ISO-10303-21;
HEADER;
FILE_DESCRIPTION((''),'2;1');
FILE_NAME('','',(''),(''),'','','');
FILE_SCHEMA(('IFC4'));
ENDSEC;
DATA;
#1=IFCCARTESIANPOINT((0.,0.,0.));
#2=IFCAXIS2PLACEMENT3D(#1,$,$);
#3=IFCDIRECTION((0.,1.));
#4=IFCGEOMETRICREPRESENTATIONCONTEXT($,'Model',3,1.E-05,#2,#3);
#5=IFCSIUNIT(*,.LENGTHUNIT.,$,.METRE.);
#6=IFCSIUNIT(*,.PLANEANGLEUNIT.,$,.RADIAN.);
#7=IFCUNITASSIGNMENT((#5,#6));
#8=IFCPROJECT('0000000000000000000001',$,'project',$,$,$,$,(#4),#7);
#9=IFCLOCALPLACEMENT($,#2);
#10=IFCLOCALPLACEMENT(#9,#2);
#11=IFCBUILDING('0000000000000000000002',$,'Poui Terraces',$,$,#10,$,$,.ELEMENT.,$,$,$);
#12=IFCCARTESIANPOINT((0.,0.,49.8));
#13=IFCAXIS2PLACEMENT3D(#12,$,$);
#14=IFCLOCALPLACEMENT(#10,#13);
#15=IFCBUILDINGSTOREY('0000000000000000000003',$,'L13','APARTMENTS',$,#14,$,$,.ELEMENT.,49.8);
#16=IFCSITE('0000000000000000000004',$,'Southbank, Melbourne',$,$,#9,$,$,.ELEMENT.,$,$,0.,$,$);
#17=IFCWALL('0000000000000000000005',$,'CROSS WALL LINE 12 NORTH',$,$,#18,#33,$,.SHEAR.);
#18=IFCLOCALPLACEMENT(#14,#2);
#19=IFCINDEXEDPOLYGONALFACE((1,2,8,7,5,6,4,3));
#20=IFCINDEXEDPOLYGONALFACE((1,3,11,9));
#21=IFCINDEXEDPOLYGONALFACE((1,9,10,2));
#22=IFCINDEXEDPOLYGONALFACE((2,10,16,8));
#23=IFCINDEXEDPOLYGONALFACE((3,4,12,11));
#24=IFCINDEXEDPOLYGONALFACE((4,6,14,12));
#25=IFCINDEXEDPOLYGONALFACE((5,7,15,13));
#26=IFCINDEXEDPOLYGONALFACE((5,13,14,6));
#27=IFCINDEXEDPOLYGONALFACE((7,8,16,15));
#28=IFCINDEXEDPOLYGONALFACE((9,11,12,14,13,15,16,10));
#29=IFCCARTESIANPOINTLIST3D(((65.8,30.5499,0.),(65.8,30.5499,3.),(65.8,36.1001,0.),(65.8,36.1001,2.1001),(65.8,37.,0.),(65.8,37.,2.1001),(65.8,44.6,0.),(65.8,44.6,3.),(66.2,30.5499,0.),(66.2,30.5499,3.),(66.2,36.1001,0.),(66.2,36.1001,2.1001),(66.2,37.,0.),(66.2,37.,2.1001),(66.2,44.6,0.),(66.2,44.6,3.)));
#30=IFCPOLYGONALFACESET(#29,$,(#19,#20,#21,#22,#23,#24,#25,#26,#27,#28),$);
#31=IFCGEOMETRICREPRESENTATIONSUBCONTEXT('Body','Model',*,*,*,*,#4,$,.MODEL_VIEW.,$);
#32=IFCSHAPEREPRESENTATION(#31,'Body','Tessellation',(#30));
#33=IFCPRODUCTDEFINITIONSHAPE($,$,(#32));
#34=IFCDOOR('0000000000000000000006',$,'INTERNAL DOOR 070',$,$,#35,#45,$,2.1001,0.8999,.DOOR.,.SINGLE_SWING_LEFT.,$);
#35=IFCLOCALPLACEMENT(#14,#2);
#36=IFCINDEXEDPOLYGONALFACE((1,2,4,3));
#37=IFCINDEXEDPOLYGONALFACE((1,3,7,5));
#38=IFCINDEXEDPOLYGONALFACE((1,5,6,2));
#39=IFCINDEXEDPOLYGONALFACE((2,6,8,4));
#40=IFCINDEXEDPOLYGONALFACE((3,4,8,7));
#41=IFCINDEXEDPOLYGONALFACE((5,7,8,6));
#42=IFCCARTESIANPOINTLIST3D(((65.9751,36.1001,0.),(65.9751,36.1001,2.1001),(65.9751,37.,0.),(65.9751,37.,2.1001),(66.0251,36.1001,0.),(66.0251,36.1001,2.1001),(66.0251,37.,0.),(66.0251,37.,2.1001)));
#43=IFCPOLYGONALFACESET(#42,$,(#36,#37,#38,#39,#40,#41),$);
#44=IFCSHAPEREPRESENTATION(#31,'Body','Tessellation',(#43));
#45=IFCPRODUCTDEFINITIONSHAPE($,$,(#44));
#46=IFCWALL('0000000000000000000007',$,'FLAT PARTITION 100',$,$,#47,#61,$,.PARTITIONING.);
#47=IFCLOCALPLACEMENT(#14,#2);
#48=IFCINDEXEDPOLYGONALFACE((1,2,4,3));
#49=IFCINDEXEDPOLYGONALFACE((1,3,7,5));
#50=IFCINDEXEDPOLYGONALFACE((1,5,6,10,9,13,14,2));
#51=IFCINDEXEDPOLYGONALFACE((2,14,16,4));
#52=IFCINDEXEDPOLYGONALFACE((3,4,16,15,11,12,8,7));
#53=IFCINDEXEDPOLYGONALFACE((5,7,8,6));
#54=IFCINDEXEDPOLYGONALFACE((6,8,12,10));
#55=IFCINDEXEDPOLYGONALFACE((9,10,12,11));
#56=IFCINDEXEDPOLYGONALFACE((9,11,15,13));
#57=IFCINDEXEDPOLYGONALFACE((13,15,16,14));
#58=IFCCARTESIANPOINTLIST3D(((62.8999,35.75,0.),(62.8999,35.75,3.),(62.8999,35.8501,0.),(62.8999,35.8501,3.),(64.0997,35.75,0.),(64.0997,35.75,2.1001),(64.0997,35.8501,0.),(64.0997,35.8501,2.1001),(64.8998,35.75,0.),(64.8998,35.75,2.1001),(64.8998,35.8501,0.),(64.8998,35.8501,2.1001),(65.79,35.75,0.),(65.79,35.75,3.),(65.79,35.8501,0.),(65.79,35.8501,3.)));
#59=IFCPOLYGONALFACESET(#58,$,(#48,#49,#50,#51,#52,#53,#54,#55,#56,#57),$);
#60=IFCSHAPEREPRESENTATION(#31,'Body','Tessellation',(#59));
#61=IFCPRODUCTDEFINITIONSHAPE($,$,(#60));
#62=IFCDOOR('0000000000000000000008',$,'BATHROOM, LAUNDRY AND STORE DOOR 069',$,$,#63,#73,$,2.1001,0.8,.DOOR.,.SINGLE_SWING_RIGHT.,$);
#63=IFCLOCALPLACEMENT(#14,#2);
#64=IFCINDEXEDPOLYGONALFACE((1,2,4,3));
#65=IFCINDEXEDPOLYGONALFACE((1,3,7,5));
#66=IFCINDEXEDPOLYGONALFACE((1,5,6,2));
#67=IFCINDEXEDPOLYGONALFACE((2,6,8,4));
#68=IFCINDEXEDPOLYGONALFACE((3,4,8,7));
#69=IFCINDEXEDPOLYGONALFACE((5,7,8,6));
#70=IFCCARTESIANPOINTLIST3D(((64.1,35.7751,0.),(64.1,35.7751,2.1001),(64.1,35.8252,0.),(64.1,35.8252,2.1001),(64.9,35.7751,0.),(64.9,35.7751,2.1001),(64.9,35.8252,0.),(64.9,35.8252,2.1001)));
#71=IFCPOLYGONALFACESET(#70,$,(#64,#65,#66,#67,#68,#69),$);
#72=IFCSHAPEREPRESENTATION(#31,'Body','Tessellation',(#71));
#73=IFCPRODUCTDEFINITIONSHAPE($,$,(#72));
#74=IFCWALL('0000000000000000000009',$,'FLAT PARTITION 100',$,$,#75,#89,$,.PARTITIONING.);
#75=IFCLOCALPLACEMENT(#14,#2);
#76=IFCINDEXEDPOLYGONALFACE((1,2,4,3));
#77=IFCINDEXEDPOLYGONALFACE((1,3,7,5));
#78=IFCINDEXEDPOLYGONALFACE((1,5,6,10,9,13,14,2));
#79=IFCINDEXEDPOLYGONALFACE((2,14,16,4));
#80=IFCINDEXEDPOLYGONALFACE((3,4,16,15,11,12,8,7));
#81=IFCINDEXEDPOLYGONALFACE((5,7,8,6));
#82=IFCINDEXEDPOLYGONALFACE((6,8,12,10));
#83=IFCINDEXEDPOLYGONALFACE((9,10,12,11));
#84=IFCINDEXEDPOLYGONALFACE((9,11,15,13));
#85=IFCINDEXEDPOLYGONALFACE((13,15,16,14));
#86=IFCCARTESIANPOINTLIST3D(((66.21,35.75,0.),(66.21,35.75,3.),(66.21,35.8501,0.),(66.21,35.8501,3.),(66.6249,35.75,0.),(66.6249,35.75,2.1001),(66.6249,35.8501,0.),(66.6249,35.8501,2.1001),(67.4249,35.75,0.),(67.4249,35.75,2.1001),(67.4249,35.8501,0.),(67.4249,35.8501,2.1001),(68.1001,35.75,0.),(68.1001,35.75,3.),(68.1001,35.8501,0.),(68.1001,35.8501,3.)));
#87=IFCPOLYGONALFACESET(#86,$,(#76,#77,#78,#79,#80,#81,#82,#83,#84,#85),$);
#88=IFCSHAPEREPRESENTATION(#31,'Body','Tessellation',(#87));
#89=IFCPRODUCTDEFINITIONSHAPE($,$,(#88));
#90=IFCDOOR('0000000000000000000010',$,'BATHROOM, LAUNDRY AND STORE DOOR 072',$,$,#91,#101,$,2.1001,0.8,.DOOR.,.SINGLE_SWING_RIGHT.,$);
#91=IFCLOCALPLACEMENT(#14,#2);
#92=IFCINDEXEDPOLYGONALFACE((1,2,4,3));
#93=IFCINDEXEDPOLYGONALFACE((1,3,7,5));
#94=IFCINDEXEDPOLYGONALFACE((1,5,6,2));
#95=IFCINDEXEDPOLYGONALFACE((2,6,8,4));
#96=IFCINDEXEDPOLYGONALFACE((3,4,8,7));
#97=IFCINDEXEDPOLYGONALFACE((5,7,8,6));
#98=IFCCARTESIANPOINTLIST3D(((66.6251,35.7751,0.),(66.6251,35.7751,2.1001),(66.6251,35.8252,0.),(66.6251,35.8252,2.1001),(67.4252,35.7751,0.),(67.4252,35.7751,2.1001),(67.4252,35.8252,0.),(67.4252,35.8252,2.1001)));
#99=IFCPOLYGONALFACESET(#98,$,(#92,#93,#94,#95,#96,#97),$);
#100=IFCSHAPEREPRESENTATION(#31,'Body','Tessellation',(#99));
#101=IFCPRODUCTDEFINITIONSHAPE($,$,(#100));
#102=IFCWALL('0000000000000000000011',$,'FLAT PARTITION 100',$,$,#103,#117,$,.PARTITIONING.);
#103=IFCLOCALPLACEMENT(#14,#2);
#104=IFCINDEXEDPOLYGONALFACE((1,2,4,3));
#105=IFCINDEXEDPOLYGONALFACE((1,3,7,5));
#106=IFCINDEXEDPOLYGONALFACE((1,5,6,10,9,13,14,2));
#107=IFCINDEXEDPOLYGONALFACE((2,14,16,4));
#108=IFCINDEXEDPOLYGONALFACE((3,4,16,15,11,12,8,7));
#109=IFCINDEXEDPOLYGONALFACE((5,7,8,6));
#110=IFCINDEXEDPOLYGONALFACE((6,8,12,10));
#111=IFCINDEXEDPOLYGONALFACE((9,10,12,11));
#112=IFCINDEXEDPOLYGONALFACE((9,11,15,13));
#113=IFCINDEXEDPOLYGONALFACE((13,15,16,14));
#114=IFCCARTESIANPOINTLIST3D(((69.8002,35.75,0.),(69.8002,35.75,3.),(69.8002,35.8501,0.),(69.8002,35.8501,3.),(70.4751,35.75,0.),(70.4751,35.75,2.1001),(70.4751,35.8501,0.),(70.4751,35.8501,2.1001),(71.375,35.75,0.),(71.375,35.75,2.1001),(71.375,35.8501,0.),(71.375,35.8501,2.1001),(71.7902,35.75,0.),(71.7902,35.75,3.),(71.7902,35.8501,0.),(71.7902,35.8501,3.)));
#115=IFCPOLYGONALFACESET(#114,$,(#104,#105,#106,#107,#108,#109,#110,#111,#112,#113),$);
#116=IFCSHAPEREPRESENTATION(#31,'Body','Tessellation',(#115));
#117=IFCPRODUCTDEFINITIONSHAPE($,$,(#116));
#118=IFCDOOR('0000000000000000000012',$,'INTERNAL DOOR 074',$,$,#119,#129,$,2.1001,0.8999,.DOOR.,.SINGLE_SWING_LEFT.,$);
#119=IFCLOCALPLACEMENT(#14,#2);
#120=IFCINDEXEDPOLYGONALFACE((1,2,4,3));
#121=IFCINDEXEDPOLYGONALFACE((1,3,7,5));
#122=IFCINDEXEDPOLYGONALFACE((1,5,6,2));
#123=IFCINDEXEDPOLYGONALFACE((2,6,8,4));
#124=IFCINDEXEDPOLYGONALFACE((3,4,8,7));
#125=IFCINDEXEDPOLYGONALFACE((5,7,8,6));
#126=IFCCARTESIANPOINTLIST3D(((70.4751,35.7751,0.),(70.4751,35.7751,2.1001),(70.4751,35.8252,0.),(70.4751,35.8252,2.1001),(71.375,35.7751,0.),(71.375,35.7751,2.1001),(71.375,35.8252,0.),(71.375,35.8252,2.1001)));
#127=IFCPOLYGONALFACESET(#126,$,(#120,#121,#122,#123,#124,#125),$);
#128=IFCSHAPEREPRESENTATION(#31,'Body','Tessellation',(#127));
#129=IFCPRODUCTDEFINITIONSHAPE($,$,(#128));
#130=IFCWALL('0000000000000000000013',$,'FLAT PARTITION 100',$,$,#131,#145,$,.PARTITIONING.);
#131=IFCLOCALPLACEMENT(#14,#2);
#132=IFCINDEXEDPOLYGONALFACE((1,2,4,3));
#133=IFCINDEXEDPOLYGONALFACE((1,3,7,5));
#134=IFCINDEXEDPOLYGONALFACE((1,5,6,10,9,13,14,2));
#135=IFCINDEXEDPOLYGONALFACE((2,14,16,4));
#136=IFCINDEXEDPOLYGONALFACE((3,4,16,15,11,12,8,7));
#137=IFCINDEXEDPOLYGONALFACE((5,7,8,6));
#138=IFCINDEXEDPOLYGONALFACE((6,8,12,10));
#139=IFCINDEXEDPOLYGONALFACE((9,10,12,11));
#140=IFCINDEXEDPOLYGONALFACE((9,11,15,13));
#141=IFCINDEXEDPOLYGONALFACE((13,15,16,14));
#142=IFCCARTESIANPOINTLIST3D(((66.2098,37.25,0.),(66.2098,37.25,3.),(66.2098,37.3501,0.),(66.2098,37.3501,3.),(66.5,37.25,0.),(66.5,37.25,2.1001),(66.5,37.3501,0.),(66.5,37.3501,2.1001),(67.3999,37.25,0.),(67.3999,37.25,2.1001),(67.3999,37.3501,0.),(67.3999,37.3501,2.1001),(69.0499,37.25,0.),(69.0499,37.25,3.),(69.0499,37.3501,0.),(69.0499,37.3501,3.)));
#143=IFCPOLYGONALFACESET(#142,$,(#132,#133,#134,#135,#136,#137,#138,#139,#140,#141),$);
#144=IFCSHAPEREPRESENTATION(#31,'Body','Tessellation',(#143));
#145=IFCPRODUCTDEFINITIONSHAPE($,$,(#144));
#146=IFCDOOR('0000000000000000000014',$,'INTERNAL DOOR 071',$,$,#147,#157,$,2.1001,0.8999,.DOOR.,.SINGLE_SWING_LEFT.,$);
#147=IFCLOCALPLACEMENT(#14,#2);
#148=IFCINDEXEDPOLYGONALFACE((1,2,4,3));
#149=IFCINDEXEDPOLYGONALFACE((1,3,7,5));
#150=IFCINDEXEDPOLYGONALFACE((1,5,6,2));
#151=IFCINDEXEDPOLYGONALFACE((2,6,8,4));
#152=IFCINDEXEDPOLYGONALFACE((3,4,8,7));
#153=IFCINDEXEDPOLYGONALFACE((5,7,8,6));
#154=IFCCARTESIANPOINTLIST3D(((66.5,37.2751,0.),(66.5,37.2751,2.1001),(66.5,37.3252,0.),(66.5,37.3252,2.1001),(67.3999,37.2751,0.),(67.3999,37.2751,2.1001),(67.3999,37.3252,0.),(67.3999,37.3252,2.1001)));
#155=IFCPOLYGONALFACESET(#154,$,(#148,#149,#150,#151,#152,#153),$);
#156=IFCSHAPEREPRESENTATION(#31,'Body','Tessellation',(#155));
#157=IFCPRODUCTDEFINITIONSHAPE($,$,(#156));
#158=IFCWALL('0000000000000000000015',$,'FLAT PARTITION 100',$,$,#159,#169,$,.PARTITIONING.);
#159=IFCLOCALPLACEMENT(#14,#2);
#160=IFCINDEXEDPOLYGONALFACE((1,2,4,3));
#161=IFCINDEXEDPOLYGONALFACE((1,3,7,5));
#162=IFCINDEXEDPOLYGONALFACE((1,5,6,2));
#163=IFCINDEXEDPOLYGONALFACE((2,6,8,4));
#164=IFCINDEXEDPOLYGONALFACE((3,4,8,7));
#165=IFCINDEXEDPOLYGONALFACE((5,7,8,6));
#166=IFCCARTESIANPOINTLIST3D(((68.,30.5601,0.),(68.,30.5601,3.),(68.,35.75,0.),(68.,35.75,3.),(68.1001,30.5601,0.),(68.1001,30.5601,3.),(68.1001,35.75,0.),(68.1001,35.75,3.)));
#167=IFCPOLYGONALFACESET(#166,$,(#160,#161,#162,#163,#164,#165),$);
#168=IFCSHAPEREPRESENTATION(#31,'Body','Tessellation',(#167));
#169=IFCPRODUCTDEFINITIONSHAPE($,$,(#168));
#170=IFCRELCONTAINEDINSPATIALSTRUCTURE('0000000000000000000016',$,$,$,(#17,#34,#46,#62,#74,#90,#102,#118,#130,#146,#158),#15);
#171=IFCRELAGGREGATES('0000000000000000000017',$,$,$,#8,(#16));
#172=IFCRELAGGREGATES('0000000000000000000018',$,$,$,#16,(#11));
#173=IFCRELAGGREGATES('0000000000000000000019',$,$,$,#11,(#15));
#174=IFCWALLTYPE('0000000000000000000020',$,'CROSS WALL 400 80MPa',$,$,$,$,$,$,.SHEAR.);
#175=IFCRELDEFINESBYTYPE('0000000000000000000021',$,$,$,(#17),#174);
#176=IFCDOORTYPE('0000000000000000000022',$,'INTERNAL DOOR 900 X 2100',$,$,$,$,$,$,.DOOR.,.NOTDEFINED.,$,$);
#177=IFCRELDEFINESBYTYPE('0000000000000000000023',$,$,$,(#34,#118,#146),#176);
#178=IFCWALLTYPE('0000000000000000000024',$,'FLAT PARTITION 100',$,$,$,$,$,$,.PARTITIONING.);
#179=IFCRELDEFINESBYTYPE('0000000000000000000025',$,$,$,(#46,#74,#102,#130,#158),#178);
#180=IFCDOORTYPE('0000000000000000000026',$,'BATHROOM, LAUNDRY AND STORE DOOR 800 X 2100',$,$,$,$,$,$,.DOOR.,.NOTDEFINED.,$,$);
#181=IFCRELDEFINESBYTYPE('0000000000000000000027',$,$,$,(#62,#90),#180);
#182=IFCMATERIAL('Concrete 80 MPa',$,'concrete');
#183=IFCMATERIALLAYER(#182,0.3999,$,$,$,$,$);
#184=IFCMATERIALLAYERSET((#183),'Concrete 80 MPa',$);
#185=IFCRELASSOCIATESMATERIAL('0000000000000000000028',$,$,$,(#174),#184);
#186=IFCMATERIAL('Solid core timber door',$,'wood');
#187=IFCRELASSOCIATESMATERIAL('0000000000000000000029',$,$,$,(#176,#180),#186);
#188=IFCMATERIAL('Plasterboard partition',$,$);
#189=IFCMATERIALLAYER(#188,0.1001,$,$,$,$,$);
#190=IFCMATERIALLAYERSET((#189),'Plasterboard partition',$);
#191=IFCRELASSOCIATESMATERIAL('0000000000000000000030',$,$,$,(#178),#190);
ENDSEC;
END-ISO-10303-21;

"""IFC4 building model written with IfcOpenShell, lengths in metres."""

from ifc_helpers import new_model, si_unit, direction, frame, frame_2d, origin, place, context, subcontext, project, spatial, rectangle, extrude, material, layer, layer_set, type_object, element, fill, save


model = new_model("IFC4")

# Units and contexts
model_context = context("Model", 3, precision=1e-05, world=origin(), true_north=direction((0.0, 1.0)))
body_context = subcontext(model_context, "Body", "Model", "MODEL_VIEW")
ifc_project = project(units=[si_unit("LENGTHUNIT", "METRE"), si_unit("PLANEANGLEUNIT", "RADIAN")], contexts=[model_context])

# Site, building, storey
site_placement = place(None, origin())
site = spatial("IfcSite", under=ifc_project, at=site_placement, Name="Southbank, Melbourne", CompositionType="ELEMENT", RefElevation=0.0)
building_placement = place(site_placement, origin())
building = spatial("IfcBuilding", under=site, at=building_placement, Name="Poui Terraces", CompositionType="ELEMENT")
storey_placement = place(building_placement, frame((0.0, 0.0, 49.8)))
storey = spatial("IfcBuildingStorey", under=building, at=storey_placement, Name="L13", Description="APARTMENTS", CompositionType="ELEMENT", Elevation=49.8)

# Walls, openings, doors
ifc_material_1 = material(Name="Concrete 80 MPa", Category="concrete")
ifc_layer_1 = layer(ifc_material_1, 0.3999)
ifc_layer_set_1 = layer_set([ifc_layer_1], Name="Concrete 80 MPa")
wall_type_1 = type_object("IfcWallType", Name="CROSS WALL 400 80MPa", PredefinedType="SHEAR", material=ifc_layer_set_1)
wall_1_placement = place(storey_placement, frame((66.0, 30.55, 0.0), z_axis=(0.0, 0.0, 1.0), x_axis=(0.0, 1.0, 0.0)))
wall_1 = element("IfcWall", 1, at=wall_1_placement, inside=storey, type_object=wall_type_1, Name="CROSS WALL LINE 12 NORTH", PredefinedType="SHEAR", context=body_context, shape_type="SweptSolid", body=[
    extrude(rectangle(XDim=14.05, YDim=0.3999, at=frame_2d((7.0249, 0.0))), origin(), (0.0, 0.0, 1.0), 3.0),
])
opening_1_placement = place(wall_1_placement, frame((5.55, 0.0, 0.0)))
opening_1 = element("IfcOpeningElement", 2, at=opening_1_placement, cuts=wall_1, PredefinedType="OPENING", context=body_context, shape_type="SweptSolid", body=[
    extrude(rectangle(XDim=0.8999, YDim=2.1001, at=frame_2d((0.45, 1.05))), frame((0.0, 0.21, 0.0), z_axis=(0.0, -1.0, 0.0), x_axis=(1.0, 0.0, 0.0)), (0.0, 0.0, 1.0), 0.4199),
])
ifc_material_2 = material(Name="Solid core timber door", Category="wood")
door_type_1 = type_object("IfcDoorType", Name="INTERNAL DOOR 900 X 2100", OperationType="NOTDEFINED", PredefinedType="DOOR", material=ifc_material_2)
door_1_placement = place(opening_1_placement, origin())
door_1 = element("IfcDoor", 3, at=door_1_placement, inside=storey, type_object=door_type_1, Name="INTERNAL DOOR 070", OperationType="SINGLE_SWING_LEFT", OverallHeight=2.1001, OverallWidth=0.8999, PredefinedType="DOOR", context=body_context, shape_type="SweptSolid", body=[
    extrude(rectangle(XDim=0.8999, YDim=2.1001, at=frame_2d((0.45, 1.05))), frame((0.0, 0.0249, 0.0), z_axis=(0.0, -1.0, 0.0), x_axis=(1.0, 0.0, 0.0)), (0.0, 0.0, 1.0), 0.05),
])
fill(opening_1, door_1)
ifc_material_3 = material(Name="Plasterboard partition")
ifc_layer_2 = layer(ifc_material_3, 0.1001)
ifc_layer_set_2 = layer_set([ifc_layer_2], Name="Plasterboard partition")
wall_type_2 = type_object("IfcWallType", Name="FLAT PARTITION 100", PredefinedType="PARTITIONING", material=ifc_layer_set_2)
wall_2_placement = place(storey_placement, frame((62.8999, 35.8, 0.0), z_axis=(0.0, 0.0, 1.0), x_axis=(1.0, 0.0, 0.0)))
wall_2 = element("IfcWall", 4, at=wall_2_placement, inside=storey, type_object=wall_type_2, Name="FLAT PARTITION 100", PredefinedType="PARTITIONING", context=body_context, shape_type="SweptSolid", body=[
    extrude(rectangle(XDim=2.8901, YDim=0.1001, at=frame_2d((1.4451, 0.0))), origin(), (0.0, 0.0, 1.0), 3.0),
])
opening_2_placement = place(wall_2_placement, frame((1.2, 0.0, 0.0)))
opening_2 = element("IfcOpeningElement", 5, at=opening_2_placement, cuts=wall_2, PredefinedType="OPENING", context=body_context, shape_type="SweptSolid", body=[
    extrude(rectangle(XDim=0.8, YDim=2.1001, at=frame_2d((0.3999, 1.05))), frame((0.0, 0.0601, 0.0), z_axis=(0.0, -1.0, 0.0), x_axis=(1.0, 0.0, 0.0)), (0.0, 0.0, 1.0), 0.1201),
])
door_type_2 = type_object("IfcDoorType", Name="BATHROOM, LAUNDRY AND STORE DOOR 800 X 2100", OperationType="NOTDEFINED", PredefinedType="DOOR", material=ifc_material_2)
door_2_placement = place(opening_2_placement, frame((0.8, 0.0, 0.0), z_axis=(0.0, 0.0, 1.0), x_axis=(-1.0, 0.0, 0.0)))
door_2 = element("IfcDoor", 6, at=door_2_placement, inside=storey, type_object=door_type_2, Name="BATHROOM, LAUNDRY AND STORE DOOR 069", OperationType="SINGLE_SWING_RIGHT", OverallHeight=2.1001, OverallWidth=0.8, PredefinedType="DOOR", context=body_context, shape_type="SweptSolid", body=[
    extrude(rectangle(XDim=0.8, YDim=2.1001, at=frame_2d((0.3999, 1.05))), frame((0.0, 0.0249, 0.0), z_axis=(0.0, -1.0, 0.0), x_axis=(1.0, 0.0, 0.0)), (0.0, 0.0, 1.0), 0.05),
])
fill(opening_2, door_2)
wall_3_placement = place(storey_placement, frame((66.21, 35.8, 0.0), z_axis=(0.0, 0.0, 1.0), x_axis=(1.0, 0.0, 0.0)))
wall_3 = element("IfcWall", 7, at=wall_3_placement, inside=storey, type_object=wall_type_2, Name="FLAT PARTITION 100", PredefinedType="PARTITIONING", context=body_context, shape_type="SweptSolid", body=[
    extrude(rectangle(XDim=1.8901, YDim=0.1001, at=frame_2d((0.9451, 0.0))), origin(), (0.0, 0.0, 1.0), 3.0),
])
opening_3_placement = place(wall_3_placement, frame((0.415, 0.0, 0.0)))
opening_3 = element("IfcOpeningElement", 8, at=opening_3_placement, cuts=wall_3, PredefinedType="OPENING", context=body_context, shape_type="SweptSolid", body=[
    extrude(rectangle(XDim=0.8, YDim=2.1001, at=frame_2d((0.3999, 1.05))), frame((0.0, 0.0601, 0.0), z_axis=(0.0, -1.0, 0.0), x_axis=(1.0, 0.0, 0.0)), (0.0, 0.0, 1.0), 0.1201),
])
door_3_placement = place(opening_3_placement, frame((0.8, 0.0, 0.0), z_axis=(0.0, 0.0, 1.0), x_axis=(-1.0, 0.0, 0.0)))
door_3 = element("IfcDoor", 9, at=door_3_placement, inside=storey, type_object=door_type_2, Name="BATHROOM, LAUNDRY AND STORE DOOR 072", OperationType="SINGLE_SWING_RIGHT", OverallHeight=2.1001, OverallWidth=0.8, PredefinedType="DOOR", context=body_context, shape_type="SweptSolid", body=[
    extrude(rectangle(XDim=0.8, YDim=2.1001, at=frame_2d((0.3999, 1.05))), frame((0.0, 0.0249, 0.0), z_axis=(0.0, -1.0, 0.0), x_axis=(1.0, 0.0, 0.0)), (0.0, 0.0, 1.0), 0.05),
])
fill(opening_3, door_3)
wall_4_placement = place(storey_placement, frame((69.8, 35.8, 0.0), z_axis=(0.0, 0.0, 1.0), x_axis=(1.0, 0.0, 0.0)))
wall_4 = element("IfcWall", 10, at=wall_4_placement, inside=storey, type_object=wall_type_2, Name="FLAT PARTITION 100", PredefinedType="PARTITIONING", context=body_context, shape_type="SweptSolid", body=[
    extrude(rectangle(XDim=1.99, YDim=0.1001, at=frame_2d((0.9951, 0.0))), origin(), (0.0, 0.0, 1.0), 3.0),
])
opening_4_placement = place(wall_4_placement, frame((0.675, 0.0, 0.0)))
opening_4 = element("IfcOpeningElement", 11, at=opening_4_placement, cuts=wall_4, PredefinedType="OPENING", context=body_context, shape_type="SweptSolid", body=[
    extrude(rectangle(XDim=0.8999, YDim=2.1001, at=frame_2d((0.45, 1.05))), frame((0.0, 0.0601, 0.0), z_axis=(0.0, -1.0, 0.0), x_axis=(1.0, 0.0, 0.0)), (0.0, 0.0, 1.0), 0.1201),
])
door_4_placement = place(opening_4_placement, frame((0.8999, 0.0, 0.0), z_axis=(0.0, 0.0, 1.0), x_axis=(-1.0, 0.0, 0.0)))
door_4 = element("IfcDoor", 12, at=door_4_placement, inside=storey, type_object=door_type_1, Name="INTERNAL DOOR 074", OperationType="SINGLE_SWING_LEFT", OverallHeight=2.1001, OverallWidth=0.8999, PredefinedType="DOOR", context=body_context, shape_type="SweptSolid", body=[
    extrude(rectangle(XDim=0.8999, YDim=2.1001, at=frame_2d((0.45, 1.05))), frame((0.0, 0.0249, 0.0), z_axis=(0.0, -1.0, 0.0), x_axis=(1.0, 0.0, 0.0)), (0.0, 0.0, 1.0), 0.05),
])
fill(opening_4, door_4)
wall_5_placement = place(storey_placement, frame((66.21, 37.3, 0.0), z_axis=(0.0, 0.0, 1.0), x_axis=(1.0, 0.0, 0.0)))
wall_5 = element("IfcWall", 13, at=wall_5_placement, inside=storey, type_object=wall_type_2, Name="FLAT PARTITION 100", PredefinedType="PARTITIONING", context=body_context, shape_type="SweptSolid", body=[
    extrude(rectangle(XDim=2.8401, YDim=0.1001, at=frame_2d((1.4199, 0.0))), origin(), (0.0, 0.0, 1.0), 3.0),
])
opening_5_placement = place(wall_5_placement, frame((0.29, 0.0, 0.0)))
opening_5 = element("IfcOpeningElement", 14, at=opening_5_placement, cuts=wall_5, PredefinedType="OPENING", context=body_context, shape_type="SweptSolid", body=[
    extrude(rectangle(XDim=0.8999, YDim=2.1001, at=frame_2d((0.45, 1.05))), frame((0.0, 0.0601, 0.0), z_axis=(0.0, -1.0, 0.0), x_axis=(1.0, 0.0, 0.0)), (0.0, 0.0, 1.0), 0.1201),
])
door_5_placement = place(opening_5_placement, frame((0.8999, 0.0, 0.0), z_axis=(0.0, 0.0, 1.0), x_axis=(-1.0, 0.0, 0.0)))
door_5 = element("IfcDoor", 15, at=door_5_placement, inside=storey, type_object=door_type_1, Name="INTERNAL DOOR 071", OperationType="SINGLE_SWING_LEFT", OverallHeight=2.1001, OverallWidth=0.8999, PredefinedType="DOOR", context=body_context, shape_type="SweptSolid", body=[
    extrude(rectangle(XDim=0.8999, YDim=2.1001, at=frame_2d((0.45, 1.05))), frame((0.0, 0.0249, 0.0), z_axis=(0.0, -1.0, 0.0), x_axis=(1.0, 0.0, 0.0)), (0.0, 0.0, 1.0), 0.05),
])
fill(opening_5, door_5)

# Wall
wall_6_placement = place(storey_placement, frame((68.05, 30.5601, 0.0), z_axis=(0.0, 0.0, 1.0), x_axis=(0.0, 1.0, 0.0)))
element("IfcWall", 16, at=wall_6_placement, inside=storey, type_object=wall_type_2, Name="FLAT PARTITION 100", PredefinedType="PARTITIONING", context=body_context, shape_type="SweptSolid", body=[
    extrude(rectangle(XDim=5.1899, YDim=0.1001, at=frame_2d((2.595, 0.0))), origin(), (0.0, 0.0, 1.0), 3.0),
])

save(model, "model.ifc")
